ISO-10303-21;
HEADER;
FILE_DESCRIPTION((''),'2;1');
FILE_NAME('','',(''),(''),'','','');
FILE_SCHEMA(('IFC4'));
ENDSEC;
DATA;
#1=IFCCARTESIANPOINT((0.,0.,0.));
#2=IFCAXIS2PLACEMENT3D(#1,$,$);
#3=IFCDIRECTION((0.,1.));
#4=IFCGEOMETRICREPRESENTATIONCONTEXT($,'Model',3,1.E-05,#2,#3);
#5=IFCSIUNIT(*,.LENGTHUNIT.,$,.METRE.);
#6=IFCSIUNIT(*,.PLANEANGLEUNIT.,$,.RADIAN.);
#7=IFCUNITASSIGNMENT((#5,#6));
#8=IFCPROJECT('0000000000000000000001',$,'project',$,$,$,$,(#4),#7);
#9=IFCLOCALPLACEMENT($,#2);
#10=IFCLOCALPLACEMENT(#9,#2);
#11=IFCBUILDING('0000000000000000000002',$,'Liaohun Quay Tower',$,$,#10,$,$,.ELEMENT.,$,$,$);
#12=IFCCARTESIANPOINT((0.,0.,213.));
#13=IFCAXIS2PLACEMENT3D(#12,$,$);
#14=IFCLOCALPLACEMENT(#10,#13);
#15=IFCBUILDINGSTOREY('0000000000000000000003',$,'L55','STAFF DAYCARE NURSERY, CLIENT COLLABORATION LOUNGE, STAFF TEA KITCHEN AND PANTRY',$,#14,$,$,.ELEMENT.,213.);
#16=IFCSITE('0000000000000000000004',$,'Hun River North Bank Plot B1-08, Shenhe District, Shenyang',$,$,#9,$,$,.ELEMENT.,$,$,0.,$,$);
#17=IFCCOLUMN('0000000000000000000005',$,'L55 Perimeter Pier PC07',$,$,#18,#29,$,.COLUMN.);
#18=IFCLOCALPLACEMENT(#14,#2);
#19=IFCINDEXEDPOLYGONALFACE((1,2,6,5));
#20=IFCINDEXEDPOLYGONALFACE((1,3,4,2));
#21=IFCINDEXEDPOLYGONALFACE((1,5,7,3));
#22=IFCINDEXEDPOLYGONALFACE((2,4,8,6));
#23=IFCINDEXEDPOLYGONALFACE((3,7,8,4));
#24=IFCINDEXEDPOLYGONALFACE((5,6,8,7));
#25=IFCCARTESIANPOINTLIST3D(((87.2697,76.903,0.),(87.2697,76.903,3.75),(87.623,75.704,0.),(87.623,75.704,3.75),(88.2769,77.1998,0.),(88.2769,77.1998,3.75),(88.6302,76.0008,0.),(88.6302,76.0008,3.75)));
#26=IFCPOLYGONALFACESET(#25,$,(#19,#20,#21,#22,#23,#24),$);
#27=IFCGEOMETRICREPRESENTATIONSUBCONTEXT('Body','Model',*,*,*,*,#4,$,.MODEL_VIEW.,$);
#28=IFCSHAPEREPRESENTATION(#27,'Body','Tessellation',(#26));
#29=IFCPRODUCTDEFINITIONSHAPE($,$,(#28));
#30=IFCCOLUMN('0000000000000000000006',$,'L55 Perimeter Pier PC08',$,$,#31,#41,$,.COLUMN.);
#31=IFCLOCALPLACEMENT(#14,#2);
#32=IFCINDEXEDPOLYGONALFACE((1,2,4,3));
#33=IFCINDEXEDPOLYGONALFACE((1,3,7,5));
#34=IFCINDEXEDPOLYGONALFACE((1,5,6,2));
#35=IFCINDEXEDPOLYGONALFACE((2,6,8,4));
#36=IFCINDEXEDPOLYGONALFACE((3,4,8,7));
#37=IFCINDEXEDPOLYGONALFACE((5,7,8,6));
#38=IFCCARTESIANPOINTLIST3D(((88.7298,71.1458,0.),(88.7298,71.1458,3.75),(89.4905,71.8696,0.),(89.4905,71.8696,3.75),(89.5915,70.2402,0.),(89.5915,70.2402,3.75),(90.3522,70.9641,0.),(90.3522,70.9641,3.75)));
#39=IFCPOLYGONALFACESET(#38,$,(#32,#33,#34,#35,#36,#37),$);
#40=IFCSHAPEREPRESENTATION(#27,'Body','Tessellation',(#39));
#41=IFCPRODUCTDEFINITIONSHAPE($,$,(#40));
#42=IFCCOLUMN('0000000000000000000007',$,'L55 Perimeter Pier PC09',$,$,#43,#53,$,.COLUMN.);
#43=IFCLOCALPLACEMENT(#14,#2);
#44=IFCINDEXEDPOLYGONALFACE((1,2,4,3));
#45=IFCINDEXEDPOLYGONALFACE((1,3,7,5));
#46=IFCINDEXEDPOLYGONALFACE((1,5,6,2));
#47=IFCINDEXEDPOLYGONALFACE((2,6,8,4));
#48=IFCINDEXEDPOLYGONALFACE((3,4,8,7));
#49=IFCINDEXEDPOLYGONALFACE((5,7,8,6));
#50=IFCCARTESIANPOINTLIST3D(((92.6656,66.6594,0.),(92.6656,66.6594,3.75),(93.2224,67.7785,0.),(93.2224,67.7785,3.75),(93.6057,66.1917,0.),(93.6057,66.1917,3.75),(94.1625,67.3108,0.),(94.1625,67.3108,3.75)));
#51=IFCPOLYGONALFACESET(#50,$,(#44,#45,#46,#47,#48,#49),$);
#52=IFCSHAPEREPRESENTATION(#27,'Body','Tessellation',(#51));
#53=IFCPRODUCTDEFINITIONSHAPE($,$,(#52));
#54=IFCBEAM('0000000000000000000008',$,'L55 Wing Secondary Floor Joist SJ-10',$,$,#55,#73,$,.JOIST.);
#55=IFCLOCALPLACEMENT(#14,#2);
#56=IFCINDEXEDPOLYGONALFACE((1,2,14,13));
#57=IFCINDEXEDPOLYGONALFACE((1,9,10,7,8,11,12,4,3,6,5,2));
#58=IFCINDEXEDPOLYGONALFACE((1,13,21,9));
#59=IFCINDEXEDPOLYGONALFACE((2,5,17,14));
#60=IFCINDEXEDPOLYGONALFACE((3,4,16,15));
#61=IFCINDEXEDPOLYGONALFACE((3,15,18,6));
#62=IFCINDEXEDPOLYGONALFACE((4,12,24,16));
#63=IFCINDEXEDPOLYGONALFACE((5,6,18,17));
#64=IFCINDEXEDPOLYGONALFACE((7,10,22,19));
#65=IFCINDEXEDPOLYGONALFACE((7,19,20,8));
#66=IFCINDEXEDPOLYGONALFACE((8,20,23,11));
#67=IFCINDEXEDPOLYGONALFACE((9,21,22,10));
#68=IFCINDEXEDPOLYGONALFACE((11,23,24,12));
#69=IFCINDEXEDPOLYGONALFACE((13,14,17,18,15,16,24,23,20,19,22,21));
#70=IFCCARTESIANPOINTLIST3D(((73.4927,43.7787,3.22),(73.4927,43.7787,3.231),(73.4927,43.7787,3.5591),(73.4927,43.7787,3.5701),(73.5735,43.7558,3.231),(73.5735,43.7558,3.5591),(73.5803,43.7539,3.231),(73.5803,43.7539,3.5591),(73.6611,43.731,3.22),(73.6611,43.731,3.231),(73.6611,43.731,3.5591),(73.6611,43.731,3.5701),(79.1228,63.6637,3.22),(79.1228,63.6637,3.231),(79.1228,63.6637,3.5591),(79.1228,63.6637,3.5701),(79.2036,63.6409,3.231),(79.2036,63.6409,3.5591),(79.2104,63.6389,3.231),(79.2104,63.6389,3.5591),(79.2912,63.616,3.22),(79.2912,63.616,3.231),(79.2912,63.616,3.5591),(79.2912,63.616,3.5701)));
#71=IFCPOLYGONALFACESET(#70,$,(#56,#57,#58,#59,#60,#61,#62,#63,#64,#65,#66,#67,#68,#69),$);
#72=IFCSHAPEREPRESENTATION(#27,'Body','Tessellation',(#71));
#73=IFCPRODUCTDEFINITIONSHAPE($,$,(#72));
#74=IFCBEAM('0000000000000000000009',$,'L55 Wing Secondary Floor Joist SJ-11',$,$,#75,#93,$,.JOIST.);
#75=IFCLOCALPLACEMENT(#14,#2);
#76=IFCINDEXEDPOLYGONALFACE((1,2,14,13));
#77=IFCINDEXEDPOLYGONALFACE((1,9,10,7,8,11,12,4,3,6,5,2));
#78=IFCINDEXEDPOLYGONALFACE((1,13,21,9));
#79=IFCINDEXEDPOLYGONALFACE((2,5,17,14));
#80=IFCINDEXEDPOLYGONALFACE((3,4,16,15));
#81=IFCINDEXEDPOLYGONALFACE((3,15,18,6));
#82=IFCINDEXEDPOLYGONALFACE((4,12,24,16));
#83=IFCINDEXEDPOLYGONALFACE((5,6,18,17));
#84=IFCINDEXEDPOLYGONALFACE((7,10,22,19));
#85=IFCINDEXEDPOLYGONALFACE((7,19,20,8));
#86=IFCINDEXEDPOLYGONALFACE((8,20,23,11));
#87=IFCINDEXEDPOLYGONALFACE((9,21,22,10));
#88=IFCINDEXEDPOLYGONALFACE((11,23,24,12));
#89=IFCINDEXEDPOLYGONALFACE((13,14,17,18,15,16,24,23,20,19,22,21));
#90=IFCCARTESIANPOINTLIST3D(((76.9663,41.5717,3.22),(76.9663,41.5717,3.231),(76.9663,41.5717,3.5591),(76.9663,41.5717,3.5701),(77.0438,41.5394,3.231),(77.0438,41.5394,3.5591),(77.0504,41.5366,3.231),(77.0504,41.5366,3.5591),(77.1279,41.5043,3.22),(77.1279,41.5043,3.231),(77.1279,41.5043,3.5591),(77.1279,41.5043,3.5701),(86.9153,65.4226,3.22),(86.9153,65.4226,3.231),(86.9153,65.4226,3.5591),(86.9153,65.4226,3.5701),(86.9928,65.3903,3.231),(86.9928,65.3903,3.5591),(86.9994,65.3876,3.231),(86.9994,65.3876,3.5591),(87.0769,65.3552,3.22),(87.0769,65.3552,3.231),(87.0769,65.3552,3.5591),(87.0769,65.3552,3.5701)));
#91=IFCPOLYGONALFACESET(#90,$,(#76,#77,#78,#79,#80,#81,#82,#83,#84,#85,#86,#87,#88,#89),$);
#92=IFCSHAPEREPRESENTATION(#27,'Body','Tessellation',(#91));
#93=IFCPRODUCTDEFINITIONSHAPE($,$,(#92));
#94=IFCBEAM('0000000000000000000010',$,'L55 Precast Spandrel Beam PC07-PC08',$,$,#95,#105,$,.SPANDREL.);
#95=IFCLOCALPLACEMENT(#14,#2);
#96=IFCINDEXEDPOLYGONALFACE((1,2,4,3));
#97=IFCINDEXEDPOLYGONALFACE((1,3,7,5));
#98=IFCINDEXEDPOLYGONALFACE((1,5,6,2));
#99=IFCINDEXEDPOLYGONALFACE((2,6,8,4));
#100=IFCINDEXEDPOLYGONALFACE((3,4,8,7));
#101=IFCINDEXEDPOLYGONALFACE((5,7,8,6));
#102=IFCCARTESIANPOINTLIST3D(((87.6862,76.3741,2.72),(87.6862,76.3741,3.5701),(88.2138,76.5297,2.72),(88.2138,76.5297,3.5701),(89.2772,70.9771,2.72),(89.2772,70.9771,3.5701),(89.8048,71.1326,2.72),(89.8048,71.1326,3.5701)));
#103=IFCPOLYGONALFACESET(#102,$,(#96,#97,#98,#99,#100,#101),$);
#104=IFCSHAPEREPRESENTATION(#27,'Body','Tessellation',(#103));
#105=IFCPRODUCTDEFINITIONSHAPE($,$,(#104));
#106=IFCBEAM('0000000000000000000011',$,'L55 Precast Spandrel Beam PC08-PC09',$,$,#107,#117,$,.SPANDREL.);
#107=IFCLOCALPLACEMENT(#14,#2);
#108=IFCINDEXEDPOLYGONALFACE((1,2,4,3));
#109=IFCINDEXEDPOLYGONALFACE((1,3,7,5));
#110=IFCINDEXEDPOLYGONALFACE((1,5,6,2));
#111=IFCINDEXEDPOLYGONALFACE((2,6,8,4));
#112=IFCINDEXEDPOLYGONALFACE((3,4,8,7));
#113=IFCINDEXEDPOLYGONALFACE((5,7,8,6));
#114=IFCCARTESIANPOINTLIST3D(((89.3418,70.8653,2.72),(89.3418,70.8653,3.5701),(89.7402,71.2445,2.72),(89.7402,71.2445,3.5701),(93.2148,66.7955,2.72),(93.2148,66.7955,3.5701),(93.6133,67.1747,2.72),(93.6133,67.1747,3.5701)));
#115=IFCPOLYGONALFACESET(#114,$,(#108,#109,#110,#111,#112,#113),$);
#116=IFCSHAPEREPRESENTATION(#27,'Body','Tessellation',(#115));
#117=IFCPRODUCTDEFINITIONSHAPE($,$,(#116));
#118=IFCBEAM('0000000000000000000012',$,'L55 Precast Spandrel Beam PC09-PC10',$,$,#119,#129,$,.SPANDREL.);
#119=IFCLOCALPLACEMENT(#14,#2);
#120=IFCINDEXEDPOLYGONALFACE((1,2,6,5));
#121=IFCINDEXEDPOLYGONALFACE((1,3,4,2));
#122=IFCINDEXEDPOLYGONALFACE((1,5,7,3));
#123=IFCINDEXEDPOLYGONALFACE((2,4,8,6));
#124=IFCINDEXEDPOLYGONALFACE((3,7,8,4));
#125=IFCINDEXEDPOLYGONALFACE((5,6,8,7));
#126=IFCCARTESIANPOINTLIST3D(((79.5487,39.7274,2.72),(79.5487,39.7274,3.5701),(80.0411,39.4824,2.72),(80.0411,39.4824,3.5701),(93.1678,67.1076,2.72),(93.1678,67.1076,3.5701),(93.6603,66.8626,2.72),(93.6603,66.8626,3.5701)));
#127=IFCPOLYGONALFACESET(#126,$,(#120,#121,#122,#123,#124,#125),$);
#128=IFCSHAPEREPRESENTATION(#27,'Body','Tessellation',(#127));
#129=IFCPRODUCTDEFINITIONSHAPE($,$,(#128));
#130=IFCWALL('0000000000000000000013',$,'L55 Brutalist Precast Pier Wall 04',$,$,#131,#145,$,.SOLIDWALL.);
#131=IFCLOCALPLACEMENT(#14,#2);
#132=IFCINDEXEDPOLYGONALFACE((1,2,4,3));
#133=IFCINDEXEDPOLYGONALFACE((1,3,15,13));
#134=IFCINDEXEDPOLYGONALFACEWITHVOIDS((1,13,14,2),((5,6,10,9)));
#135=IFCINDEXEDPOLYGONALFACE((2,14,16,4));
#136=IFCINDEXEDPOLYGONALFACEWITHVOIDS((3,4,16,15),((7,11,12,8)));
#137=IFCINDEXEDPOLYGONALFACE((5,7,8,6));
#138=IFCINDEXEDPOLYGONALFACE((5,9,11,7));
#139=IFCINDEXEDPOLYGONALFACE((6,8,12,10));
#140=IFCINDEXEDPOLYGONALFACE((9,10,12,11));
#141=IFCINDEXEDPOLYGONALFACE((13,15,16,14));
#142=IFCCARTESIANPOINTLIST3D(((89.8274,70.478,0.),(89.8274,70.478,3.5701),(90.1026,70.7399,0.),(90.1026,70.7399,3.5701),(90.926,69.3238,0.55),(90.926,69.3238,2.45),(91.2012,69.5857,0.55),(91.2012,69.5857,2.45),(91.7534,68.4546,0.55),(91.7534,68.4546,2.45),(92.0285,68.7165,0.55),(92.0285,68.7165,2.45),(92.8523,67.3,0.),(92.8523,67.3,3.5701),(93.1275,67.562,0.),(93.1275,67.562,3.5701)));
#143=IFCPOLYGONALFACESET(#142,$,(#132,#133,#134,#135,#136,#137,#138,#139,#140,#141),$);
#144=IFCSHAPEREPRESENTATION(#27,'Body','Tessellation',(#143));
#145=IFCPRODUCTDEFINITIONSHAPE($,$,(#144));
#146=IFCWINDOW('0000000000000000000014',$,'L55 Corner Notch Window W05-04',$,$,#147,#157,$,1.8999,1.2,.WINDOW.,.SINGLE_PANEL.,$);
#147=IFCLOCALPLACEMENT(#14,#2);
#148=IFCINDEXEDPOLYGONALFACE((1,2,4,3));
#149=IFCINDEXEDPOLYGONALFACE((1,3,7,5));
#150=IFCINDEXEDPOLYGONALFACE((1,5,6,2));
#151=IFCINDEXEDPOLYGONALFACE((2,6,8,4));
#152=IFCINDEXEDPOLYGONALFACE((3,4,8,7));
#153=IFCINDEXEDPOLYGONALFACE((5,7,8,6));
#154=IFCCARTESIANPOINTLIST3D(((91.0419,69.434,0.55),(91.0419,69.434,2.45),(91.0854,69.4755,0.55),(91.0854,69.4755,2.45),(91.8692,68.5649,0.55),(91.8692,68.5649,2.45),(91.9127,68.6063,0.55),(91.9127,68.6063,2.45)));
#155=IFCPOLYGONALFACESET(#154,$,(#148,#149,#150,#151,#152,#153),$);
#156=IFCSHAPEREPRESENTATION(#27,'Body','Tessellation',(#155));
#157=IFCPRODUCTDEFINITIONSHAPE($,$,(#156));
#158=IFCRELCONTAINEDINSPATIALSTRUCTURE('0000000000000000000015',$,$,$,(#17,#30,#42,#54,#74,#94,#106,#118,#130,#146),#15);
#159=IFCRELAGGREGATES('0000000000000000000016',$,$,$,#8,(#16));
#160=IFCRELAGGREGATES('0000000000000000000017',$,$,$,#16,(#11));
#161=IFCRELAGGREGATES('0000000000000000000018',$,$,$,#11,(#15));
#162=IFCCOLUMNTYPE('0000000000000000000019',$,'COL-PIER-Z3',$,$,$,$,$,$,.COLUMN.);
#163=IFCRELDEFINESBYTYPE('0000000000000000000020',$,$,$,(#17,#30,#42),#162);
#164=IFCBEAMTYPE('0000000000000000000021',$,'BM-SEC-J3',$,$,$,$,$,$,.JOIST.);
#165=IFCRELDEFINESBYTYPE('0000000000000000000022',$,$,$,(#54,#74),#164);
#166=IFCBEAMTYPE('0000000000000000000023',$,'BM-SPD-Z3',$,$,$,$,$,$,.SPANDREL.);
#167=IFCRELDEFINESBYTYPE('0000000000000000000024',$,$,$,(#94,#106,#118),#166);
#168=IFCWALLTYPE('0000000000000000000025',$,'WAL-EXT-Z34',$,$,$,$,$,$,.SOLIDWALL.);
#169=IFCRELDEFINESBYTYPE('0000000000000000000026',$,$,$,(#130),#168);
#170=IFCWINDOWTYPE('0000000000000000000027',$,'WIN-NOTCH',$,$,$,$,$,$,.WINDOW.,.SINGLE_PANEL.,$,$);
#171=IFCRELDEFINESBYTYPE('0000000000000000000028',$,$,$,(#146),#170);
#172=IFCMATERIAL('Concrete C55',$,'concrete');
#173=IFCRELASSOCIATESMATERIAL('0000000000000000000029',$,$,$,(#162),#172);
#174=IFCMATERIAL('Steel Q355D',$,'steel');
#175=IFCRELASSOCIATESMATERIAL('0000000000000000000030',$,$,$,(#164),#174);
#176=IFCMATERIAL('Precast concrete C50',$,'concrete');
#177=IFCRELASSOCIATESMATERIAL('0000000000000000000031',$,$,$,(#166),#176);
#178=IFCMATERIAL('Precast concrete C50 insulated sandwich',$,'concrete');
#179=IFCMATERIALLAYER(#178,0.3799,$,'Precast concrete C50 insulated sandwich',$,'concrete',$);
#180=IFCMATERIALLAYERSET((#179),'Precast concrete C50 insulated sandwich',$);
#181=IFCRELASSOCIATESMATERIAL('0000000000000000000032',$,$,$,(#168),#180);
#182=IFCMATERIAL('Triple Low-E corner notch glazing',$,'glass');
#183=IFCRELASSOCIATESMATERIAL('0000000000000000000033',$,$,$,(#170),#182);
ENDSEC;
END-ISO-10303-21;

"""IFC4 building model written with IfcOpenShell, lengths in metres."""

from ifc_helpers import new_model, si_unit, direction, frame, frame_2d, origin, origin_2d, place, context, subcontext, project, spatial, rectangle, i_section, extrude, source, transform, mapped, material, layer, layer_set, material_profile, profile_set, type_object, element, fill, save


model = new_model("IFC4")

# Units and contexts
model_context = context("Model", 3, precision=1e-05, world=origin(), true_north=direction((0.0, 1.0)))
body_context = subcontext(model_context, "Body", "Model", "MODEL_VIEW")
ifc_project = project(units=[si_unit("LENGTHUNIT", "METRE"), si_unit("PLANEANGLEUNIT", "RADIAN")], contexts=[model_context])

# Site, building, storey
site_placement = place(None, origin())
site = spatial("IfcSite", under=ifc_project, at=site_placement, Name="Hun River North Bank Plot B1-08, Shenhe District, Shenyang", CompositionType="ELEMENT", RefElevation=0.0)
building_placement = place(site_placement, origin())
building = spatial("IfcBuilding", under=site, at=building_placement, Name="Liaohun Quay Tower", CompositionType="ELEMENT")
storey_placement = place(building_placement, frame((0.0, 0.0, 213.0)))
storey = spatial("IfcBuildingStorey", under=building, at=storey_placement, Name="L55", Description="STAFF DAYCARE NURSERY, CLIENT COLLABORATION LOUNGE, STAFF TEA KITCHEN AND PANTRY", CompositionType="ELEMENT", Elevation=213.0)

# Columns
ifc_material_1 = material(Name="Concrete C55", Category="concrete")
ifc_material_profile_1 = material_profile(ifc_material_1, rectangle(XDim=1.25, YDim=1.05, at=origin_2d()), Name="RC1250x1050")
ifc_profile_set_1 = profile_set([ifc_material_profile_1], Name="Concrete C55")
column_type = type_object("IfcColumnType", Name="COL-PIER-Z3", PredefinedType="COLUMN", material=ifc_profile_set_1)
shared_shape_1 = source(origin(), body_context, "Body", "SweptSolid", [
    extrude(rectangle(XDim=1.25, YDim=1.05, at=origin_2d()), origin(), (0.0, 0.0, 1.0), 3.75),
])
for number, where, z_axis, x_axis, name in (
    (1, (87.95, 76.4519, 0.0), (0.0, 0.0, 1.0), (-0.282676, 0.959215, 0.0), "L55 Perimeter Pier PC07"),
    (2, (89.541, 71.0549, 0.0), (0.0, 0.0, 1.0), (-0.689367, 0.724413, 0.0), "L55 Perimeter Pier PC08"),
    (3, (93.4141, 66.9851, 0.0), (0.0, 0.0, 1.0), (0.445417, 0.895323, 0.0), "L55 Perimeter Pier PC09"),
):
    element("IfcColumn", number, at=place(storey_placement, frame(where, z_axis=z_axis, x_axis=x_axis)), inside=storey, type_object=column_type, Name=name, PredefinedType="COLUMN", context=body_context, shape_type="MappedRepresentation", body=[
        mapped(shared_shape_1, transform((0.0, 0.0, 0.0), x_axis=(1.0, 0.0, 0.0), y_axis=(0.0, 1.0, 0.0), z_axis=(0.0, 0.0, 1.0), scale=1.0)),
    ])

# Beams
ifc_material_2 = material(Name="Steel Q355D", Category="steel")
ifc_material_profile_2 = material_profile(ifc_material_2, i_section(OverallWidth=0.175, OverallDepth=0.3501, WebThickness=0.0071, FlangeThickness=0.011, at=origin_2d()), Name="HN350x175x7x11")
ifc_profile_set_2 = profile_set([ifc_material_profile_2], Name="Steel Q355D")
beam_type_1 = type_object("IfcBeamType", Name="BM-SEC-J3", PredefinedType="JOIST", material=ifc_profile_set_2)
shared_shape_2 = source(origin(), body_context, "Body", "SweptSolid", [
    extrude(i_section(OverallWidth=0.175, OverallDepth=0.3501, WebThickness=0.0071, FlangeThickness=0.011, at=origin_2d()), origin(), (0.0, 0.0, 1.0), 20.6667),
])
beam_1_placement = place(storey_placement, frame((79.207, 63.6399, 3.395), z_axis=(-0.272425, -0.962177, 0.0), x_axis=(0.962177, -0.272425, 0.0)))
element("IfcBeam", 4, at=beam_1_placement, inside=storey, type_object=beam_type_1, Name="L55 Wing Secondary Floor Joist SJ-10", PredefinedType="JOIST", context=body_context, shape_type="MappedRepresentation", body=[
    mapped(shared_shape_2, transform((0.0, 0.0, 0.0), x_axis=(1.0, 0.0, 0.0), y_axis=(0.0, 1.0, 0.0), z_axis=(0.0, 0.0, 1.0), scale=1.0)),
])
shared_shape_3 = source(origin(), body_context, "Body", "SweptSolid", [
    extrude(i_section(OverallWidth=0.175, OverallDepth=0.3501, WebThickness=0.0071, FlangeThickness=0.011, at=origin_2d()), origin(), (0.0, 0.0, 1.0), 25.8428),
])
beam_2_placement = place(storey_placement, frame((86.9961, 65.3889, 3.395), z_axis=(-0.384982, -0.922924, 0.0), x_axis=(0.922924, -0.384982, 0.0)))
element("IfcBeam", 5, at=beam_2_placement, inside=storey, type_object=beam_type_1, Name="L55 Wing Secondary Floor Joist SJ-11", PredefinedType="JOIST", context=body_context, shape_type="MappedRepresentation", body=[
    mapped(shared_shape_3, transform((0.0, 0.0, 0.0), x_axis=(1.0, 0.0, 0.0), y_axis=(0.0, 1.0, 0.0), z_axis=(0.0, 0.0, 1.0), scale=1.0)),
])
ifc_material_3 = material(Name="Precast concrete C50", Category="concrete")
ifc_material_profile_3 = material_profile(ifc_material_3, rectangle(XDim=0.55, YDim=0.8501, at=origin_2d()), Name="RC550x850")
ifc_profile_set_3 = profile_set([ifc_material_profile_3], Name="Precast concrete C50")
beam_type_2 = type_object("IfcBeamType", Name="BM-SPD-Z3", PredefinedType="SPANDREL", material=ifc_profile_set_3)
shared_shape_4 = source(origin(), body_context, "Body", "SweptSolid", [
    extrude(rectangle(XDim=0.55, YDim=0.8501, at=origin_2d()), origin(), (0.0, 0.0, 1.0), 5.6267),
])
beam_3_placement = place(storey_placement, frame((87.95, 76.4519, 3.145), z_axis=(0.282775, -0.959186, 0.0), x_axis=(0.959186, 0.282775, 0.0)))
element("IfcBeam", 6, at=beam_3_placement, inside=storey, type_object=beam_type_2, Name="L55 Precast Spandrel Beam PC07-PC08", PredefinedType="SPANDREL", context=body_context, shape_type="MappedRepresentation", body=[
    mapped(shared_shape_4, transform((0.0, 0.0, 0.0), x_axis=(1.0, 0.0, 0.0), y_axis=(0.0, 1.0, 0.0), z_axis=(0.0, 0.0, 1.0), scale=1.0)),
])
shared_shape_5 = source(origin(), body_context, "Body", "SweptSolid", [
    extrude(rectangle(XDim=0.55, YDim=0.8501, at=origin_2d()), origin(), (0.0, 0.0, 1.0), 5.6182),
])
beam_4_placement = place(storey_placement, frame((89.541, 71.0549, 3.145), z_axis=(0.689377, -0.724402, 0.0), x_axis=(0.724402, 0.689377, 0.0)))
element("IfcBeam", 7, at=beam_4_placement, inside=storey, type_object=beam_type_2, Name="L55 Precast Spandrel Beam PC08-PC09", PredefinedType="SPANDREL", context=body_context, shape_type="MappedRepresentation", body=[
    mapped(shared_shape_5, transform((0.0, 0.0, 0.0), x_axis=(1.0, 0.0, 0.0), y_axis=(0.0, 1.0, 0.0), z_axis=(0.0, 0.0, 1.0), scale=1.0)),
])
shared_shape_6 = source(origin(), body_context, "Body", "SweptSolid", [
    extrude(rectangle(XDim=0.55, YDim=0.8501, at=origin_2d()), origin(), (0.0, 0.0, 1.0), 30.5803),
])
beam_5_placement = place(storey_placement, frame((93.4141, 66.9851, 3.145), z_axis=(-0.445357, -0.895353, 0.0), x_axis=(0.895353, -0.445357, 0.0)))
element("IfcBeam", 8, at=beam_5_placement, inside=storey, type_object=beam_type_2, Name="L55 Precast Spandrel Beam PC09-PC10", PredefinedType="SPANDREL", context=body_context, shape_type="MappedRepresentation", body=[
    mapped(shared_shape_6, transform((0.0, 0.0, 0.0), x_axis=(1.0, 0.0, 0.0), y_axis=(0.0, 1.0, 0.0), z_axis=(0.0, 0.0, 1.0), scale=1.0)),
])

# Wall, opening, window
ifc_material_4 = material(Name="Precast concrete C50 insulated sandwich", Category="concrete")
ifc_layer_1 = layer(ifc_material_4, 0.3799, Name="Precast concrete C50 insulated sandwich", Category="concrete")
ifc_layer_set_1 = layer_set([ifc_layer_1], Name="Precast concrete C50 insulated sandwich")
wall_type_1 = type_object("IfcWallType", Name="WAL-EXT-Z34", PredefinedType="SOLIDWALL", material=ifc_layer_set_1)
wall_1_placement = place(storey_placement, frame((92.99, 67.4309, 0.0), z_axis=(0.0, 0.0, 1.0), x_axis=(-0.689447, 0.724336, 0.0)))
wall_1 = element("IfcWall", 9, at=wall_1_placement, inside=storey, type_object=wall_type_1, Name="L55 Brutalist Precast Pier Wall 04", PredefinedType="SOLIDWALL", context=body_context, shape_type="SweptSolid", body=[
    extrude(rectangle(XDim=4.3875, YDim=0.3799, at=frame_2d((2.1938, 0.0))), origin(), (0.0, 0.0, 1.0), 3.5701),
])
shared_shape_7 = source(origin(), body_context, "Body", "SweptSolid", [
    extrude(rectangle(XDim=1.2, YDim=1.8999, at=frame_2d((0.6001, 0.95))), frame((0.0, 0.2, 0.0), z_axis=(0.0, -1.0, 0.0), x_axis=(1.0, 0.0, 0.0)), (0.0, 0.0, 1.0), 0.3999),
])
opening_1_placement = place(wall_1_placement, frame((1.594, 0.0, 0.55)))
opening_1 = element("IfcOpeningElement", 10, at=opening_1_placement, cuts=wall_1, PredefinedType="OPENING", context=body_context, shape_type="MappedRepresentation", body=[
    mapped(shared_shape_7, transform((0.0, 0.0, 0.0), x_axis=(1.0, 0.0, 0.0), y_axis=(0.0, 1.0, 0.0), z_axis=(0.0, 0.0, 1.0), scale=1.0)),
])
ifc_material_5 = material(Name="Triple Low-E corner notch glazing", Category="glass")
window_type_1 = type_object("IfcWindowType", Name="WIN-NOTCH", PartitioningType="SINGLE_PANEL", PredefinedType="WINDOW", material=ifc_material_5)
shared_shape_8 = source(origin(), body_context, "Body", "SweptSolid", [
    extrude(rectangle(XDim=1.2, YDim=1.8999, at=frame_2d((0.6001, 0.95))), frame((0.0, 0.03, 0.0), z_axis=(0.0, -1.0, 0.0), x_axis=(1.0, 0.0, 0.0)), (0.0, 0.0, 1.0), 0.0601),
])
window_1_placement = place(opening_1_placement, origin())
window_1 = element("IfcWindow", 11, at=window_1_placement, inside=storey, type_object=window_type_1, Name="L55 Corner Notch Window W05-04", OverallHeight=1.8999, OverallWidth=1.2, PartitioningType="SINGLE_PANEL", PredefinedType="WINDOW", context=body_context, shape_type="MappedRepresentation", body=[
    mapped(shared_shape_8, transform((0.0, 0.0, 0.0), x_axis=(1.0, 0.0, 0.0), y_axis=(0.0, 1.0, 0.0), z_axis=(0.0, 0.0, 1.0), scale=1.0)),
])
fill(opening_1, window_1)

save(model, "model.ifc")
